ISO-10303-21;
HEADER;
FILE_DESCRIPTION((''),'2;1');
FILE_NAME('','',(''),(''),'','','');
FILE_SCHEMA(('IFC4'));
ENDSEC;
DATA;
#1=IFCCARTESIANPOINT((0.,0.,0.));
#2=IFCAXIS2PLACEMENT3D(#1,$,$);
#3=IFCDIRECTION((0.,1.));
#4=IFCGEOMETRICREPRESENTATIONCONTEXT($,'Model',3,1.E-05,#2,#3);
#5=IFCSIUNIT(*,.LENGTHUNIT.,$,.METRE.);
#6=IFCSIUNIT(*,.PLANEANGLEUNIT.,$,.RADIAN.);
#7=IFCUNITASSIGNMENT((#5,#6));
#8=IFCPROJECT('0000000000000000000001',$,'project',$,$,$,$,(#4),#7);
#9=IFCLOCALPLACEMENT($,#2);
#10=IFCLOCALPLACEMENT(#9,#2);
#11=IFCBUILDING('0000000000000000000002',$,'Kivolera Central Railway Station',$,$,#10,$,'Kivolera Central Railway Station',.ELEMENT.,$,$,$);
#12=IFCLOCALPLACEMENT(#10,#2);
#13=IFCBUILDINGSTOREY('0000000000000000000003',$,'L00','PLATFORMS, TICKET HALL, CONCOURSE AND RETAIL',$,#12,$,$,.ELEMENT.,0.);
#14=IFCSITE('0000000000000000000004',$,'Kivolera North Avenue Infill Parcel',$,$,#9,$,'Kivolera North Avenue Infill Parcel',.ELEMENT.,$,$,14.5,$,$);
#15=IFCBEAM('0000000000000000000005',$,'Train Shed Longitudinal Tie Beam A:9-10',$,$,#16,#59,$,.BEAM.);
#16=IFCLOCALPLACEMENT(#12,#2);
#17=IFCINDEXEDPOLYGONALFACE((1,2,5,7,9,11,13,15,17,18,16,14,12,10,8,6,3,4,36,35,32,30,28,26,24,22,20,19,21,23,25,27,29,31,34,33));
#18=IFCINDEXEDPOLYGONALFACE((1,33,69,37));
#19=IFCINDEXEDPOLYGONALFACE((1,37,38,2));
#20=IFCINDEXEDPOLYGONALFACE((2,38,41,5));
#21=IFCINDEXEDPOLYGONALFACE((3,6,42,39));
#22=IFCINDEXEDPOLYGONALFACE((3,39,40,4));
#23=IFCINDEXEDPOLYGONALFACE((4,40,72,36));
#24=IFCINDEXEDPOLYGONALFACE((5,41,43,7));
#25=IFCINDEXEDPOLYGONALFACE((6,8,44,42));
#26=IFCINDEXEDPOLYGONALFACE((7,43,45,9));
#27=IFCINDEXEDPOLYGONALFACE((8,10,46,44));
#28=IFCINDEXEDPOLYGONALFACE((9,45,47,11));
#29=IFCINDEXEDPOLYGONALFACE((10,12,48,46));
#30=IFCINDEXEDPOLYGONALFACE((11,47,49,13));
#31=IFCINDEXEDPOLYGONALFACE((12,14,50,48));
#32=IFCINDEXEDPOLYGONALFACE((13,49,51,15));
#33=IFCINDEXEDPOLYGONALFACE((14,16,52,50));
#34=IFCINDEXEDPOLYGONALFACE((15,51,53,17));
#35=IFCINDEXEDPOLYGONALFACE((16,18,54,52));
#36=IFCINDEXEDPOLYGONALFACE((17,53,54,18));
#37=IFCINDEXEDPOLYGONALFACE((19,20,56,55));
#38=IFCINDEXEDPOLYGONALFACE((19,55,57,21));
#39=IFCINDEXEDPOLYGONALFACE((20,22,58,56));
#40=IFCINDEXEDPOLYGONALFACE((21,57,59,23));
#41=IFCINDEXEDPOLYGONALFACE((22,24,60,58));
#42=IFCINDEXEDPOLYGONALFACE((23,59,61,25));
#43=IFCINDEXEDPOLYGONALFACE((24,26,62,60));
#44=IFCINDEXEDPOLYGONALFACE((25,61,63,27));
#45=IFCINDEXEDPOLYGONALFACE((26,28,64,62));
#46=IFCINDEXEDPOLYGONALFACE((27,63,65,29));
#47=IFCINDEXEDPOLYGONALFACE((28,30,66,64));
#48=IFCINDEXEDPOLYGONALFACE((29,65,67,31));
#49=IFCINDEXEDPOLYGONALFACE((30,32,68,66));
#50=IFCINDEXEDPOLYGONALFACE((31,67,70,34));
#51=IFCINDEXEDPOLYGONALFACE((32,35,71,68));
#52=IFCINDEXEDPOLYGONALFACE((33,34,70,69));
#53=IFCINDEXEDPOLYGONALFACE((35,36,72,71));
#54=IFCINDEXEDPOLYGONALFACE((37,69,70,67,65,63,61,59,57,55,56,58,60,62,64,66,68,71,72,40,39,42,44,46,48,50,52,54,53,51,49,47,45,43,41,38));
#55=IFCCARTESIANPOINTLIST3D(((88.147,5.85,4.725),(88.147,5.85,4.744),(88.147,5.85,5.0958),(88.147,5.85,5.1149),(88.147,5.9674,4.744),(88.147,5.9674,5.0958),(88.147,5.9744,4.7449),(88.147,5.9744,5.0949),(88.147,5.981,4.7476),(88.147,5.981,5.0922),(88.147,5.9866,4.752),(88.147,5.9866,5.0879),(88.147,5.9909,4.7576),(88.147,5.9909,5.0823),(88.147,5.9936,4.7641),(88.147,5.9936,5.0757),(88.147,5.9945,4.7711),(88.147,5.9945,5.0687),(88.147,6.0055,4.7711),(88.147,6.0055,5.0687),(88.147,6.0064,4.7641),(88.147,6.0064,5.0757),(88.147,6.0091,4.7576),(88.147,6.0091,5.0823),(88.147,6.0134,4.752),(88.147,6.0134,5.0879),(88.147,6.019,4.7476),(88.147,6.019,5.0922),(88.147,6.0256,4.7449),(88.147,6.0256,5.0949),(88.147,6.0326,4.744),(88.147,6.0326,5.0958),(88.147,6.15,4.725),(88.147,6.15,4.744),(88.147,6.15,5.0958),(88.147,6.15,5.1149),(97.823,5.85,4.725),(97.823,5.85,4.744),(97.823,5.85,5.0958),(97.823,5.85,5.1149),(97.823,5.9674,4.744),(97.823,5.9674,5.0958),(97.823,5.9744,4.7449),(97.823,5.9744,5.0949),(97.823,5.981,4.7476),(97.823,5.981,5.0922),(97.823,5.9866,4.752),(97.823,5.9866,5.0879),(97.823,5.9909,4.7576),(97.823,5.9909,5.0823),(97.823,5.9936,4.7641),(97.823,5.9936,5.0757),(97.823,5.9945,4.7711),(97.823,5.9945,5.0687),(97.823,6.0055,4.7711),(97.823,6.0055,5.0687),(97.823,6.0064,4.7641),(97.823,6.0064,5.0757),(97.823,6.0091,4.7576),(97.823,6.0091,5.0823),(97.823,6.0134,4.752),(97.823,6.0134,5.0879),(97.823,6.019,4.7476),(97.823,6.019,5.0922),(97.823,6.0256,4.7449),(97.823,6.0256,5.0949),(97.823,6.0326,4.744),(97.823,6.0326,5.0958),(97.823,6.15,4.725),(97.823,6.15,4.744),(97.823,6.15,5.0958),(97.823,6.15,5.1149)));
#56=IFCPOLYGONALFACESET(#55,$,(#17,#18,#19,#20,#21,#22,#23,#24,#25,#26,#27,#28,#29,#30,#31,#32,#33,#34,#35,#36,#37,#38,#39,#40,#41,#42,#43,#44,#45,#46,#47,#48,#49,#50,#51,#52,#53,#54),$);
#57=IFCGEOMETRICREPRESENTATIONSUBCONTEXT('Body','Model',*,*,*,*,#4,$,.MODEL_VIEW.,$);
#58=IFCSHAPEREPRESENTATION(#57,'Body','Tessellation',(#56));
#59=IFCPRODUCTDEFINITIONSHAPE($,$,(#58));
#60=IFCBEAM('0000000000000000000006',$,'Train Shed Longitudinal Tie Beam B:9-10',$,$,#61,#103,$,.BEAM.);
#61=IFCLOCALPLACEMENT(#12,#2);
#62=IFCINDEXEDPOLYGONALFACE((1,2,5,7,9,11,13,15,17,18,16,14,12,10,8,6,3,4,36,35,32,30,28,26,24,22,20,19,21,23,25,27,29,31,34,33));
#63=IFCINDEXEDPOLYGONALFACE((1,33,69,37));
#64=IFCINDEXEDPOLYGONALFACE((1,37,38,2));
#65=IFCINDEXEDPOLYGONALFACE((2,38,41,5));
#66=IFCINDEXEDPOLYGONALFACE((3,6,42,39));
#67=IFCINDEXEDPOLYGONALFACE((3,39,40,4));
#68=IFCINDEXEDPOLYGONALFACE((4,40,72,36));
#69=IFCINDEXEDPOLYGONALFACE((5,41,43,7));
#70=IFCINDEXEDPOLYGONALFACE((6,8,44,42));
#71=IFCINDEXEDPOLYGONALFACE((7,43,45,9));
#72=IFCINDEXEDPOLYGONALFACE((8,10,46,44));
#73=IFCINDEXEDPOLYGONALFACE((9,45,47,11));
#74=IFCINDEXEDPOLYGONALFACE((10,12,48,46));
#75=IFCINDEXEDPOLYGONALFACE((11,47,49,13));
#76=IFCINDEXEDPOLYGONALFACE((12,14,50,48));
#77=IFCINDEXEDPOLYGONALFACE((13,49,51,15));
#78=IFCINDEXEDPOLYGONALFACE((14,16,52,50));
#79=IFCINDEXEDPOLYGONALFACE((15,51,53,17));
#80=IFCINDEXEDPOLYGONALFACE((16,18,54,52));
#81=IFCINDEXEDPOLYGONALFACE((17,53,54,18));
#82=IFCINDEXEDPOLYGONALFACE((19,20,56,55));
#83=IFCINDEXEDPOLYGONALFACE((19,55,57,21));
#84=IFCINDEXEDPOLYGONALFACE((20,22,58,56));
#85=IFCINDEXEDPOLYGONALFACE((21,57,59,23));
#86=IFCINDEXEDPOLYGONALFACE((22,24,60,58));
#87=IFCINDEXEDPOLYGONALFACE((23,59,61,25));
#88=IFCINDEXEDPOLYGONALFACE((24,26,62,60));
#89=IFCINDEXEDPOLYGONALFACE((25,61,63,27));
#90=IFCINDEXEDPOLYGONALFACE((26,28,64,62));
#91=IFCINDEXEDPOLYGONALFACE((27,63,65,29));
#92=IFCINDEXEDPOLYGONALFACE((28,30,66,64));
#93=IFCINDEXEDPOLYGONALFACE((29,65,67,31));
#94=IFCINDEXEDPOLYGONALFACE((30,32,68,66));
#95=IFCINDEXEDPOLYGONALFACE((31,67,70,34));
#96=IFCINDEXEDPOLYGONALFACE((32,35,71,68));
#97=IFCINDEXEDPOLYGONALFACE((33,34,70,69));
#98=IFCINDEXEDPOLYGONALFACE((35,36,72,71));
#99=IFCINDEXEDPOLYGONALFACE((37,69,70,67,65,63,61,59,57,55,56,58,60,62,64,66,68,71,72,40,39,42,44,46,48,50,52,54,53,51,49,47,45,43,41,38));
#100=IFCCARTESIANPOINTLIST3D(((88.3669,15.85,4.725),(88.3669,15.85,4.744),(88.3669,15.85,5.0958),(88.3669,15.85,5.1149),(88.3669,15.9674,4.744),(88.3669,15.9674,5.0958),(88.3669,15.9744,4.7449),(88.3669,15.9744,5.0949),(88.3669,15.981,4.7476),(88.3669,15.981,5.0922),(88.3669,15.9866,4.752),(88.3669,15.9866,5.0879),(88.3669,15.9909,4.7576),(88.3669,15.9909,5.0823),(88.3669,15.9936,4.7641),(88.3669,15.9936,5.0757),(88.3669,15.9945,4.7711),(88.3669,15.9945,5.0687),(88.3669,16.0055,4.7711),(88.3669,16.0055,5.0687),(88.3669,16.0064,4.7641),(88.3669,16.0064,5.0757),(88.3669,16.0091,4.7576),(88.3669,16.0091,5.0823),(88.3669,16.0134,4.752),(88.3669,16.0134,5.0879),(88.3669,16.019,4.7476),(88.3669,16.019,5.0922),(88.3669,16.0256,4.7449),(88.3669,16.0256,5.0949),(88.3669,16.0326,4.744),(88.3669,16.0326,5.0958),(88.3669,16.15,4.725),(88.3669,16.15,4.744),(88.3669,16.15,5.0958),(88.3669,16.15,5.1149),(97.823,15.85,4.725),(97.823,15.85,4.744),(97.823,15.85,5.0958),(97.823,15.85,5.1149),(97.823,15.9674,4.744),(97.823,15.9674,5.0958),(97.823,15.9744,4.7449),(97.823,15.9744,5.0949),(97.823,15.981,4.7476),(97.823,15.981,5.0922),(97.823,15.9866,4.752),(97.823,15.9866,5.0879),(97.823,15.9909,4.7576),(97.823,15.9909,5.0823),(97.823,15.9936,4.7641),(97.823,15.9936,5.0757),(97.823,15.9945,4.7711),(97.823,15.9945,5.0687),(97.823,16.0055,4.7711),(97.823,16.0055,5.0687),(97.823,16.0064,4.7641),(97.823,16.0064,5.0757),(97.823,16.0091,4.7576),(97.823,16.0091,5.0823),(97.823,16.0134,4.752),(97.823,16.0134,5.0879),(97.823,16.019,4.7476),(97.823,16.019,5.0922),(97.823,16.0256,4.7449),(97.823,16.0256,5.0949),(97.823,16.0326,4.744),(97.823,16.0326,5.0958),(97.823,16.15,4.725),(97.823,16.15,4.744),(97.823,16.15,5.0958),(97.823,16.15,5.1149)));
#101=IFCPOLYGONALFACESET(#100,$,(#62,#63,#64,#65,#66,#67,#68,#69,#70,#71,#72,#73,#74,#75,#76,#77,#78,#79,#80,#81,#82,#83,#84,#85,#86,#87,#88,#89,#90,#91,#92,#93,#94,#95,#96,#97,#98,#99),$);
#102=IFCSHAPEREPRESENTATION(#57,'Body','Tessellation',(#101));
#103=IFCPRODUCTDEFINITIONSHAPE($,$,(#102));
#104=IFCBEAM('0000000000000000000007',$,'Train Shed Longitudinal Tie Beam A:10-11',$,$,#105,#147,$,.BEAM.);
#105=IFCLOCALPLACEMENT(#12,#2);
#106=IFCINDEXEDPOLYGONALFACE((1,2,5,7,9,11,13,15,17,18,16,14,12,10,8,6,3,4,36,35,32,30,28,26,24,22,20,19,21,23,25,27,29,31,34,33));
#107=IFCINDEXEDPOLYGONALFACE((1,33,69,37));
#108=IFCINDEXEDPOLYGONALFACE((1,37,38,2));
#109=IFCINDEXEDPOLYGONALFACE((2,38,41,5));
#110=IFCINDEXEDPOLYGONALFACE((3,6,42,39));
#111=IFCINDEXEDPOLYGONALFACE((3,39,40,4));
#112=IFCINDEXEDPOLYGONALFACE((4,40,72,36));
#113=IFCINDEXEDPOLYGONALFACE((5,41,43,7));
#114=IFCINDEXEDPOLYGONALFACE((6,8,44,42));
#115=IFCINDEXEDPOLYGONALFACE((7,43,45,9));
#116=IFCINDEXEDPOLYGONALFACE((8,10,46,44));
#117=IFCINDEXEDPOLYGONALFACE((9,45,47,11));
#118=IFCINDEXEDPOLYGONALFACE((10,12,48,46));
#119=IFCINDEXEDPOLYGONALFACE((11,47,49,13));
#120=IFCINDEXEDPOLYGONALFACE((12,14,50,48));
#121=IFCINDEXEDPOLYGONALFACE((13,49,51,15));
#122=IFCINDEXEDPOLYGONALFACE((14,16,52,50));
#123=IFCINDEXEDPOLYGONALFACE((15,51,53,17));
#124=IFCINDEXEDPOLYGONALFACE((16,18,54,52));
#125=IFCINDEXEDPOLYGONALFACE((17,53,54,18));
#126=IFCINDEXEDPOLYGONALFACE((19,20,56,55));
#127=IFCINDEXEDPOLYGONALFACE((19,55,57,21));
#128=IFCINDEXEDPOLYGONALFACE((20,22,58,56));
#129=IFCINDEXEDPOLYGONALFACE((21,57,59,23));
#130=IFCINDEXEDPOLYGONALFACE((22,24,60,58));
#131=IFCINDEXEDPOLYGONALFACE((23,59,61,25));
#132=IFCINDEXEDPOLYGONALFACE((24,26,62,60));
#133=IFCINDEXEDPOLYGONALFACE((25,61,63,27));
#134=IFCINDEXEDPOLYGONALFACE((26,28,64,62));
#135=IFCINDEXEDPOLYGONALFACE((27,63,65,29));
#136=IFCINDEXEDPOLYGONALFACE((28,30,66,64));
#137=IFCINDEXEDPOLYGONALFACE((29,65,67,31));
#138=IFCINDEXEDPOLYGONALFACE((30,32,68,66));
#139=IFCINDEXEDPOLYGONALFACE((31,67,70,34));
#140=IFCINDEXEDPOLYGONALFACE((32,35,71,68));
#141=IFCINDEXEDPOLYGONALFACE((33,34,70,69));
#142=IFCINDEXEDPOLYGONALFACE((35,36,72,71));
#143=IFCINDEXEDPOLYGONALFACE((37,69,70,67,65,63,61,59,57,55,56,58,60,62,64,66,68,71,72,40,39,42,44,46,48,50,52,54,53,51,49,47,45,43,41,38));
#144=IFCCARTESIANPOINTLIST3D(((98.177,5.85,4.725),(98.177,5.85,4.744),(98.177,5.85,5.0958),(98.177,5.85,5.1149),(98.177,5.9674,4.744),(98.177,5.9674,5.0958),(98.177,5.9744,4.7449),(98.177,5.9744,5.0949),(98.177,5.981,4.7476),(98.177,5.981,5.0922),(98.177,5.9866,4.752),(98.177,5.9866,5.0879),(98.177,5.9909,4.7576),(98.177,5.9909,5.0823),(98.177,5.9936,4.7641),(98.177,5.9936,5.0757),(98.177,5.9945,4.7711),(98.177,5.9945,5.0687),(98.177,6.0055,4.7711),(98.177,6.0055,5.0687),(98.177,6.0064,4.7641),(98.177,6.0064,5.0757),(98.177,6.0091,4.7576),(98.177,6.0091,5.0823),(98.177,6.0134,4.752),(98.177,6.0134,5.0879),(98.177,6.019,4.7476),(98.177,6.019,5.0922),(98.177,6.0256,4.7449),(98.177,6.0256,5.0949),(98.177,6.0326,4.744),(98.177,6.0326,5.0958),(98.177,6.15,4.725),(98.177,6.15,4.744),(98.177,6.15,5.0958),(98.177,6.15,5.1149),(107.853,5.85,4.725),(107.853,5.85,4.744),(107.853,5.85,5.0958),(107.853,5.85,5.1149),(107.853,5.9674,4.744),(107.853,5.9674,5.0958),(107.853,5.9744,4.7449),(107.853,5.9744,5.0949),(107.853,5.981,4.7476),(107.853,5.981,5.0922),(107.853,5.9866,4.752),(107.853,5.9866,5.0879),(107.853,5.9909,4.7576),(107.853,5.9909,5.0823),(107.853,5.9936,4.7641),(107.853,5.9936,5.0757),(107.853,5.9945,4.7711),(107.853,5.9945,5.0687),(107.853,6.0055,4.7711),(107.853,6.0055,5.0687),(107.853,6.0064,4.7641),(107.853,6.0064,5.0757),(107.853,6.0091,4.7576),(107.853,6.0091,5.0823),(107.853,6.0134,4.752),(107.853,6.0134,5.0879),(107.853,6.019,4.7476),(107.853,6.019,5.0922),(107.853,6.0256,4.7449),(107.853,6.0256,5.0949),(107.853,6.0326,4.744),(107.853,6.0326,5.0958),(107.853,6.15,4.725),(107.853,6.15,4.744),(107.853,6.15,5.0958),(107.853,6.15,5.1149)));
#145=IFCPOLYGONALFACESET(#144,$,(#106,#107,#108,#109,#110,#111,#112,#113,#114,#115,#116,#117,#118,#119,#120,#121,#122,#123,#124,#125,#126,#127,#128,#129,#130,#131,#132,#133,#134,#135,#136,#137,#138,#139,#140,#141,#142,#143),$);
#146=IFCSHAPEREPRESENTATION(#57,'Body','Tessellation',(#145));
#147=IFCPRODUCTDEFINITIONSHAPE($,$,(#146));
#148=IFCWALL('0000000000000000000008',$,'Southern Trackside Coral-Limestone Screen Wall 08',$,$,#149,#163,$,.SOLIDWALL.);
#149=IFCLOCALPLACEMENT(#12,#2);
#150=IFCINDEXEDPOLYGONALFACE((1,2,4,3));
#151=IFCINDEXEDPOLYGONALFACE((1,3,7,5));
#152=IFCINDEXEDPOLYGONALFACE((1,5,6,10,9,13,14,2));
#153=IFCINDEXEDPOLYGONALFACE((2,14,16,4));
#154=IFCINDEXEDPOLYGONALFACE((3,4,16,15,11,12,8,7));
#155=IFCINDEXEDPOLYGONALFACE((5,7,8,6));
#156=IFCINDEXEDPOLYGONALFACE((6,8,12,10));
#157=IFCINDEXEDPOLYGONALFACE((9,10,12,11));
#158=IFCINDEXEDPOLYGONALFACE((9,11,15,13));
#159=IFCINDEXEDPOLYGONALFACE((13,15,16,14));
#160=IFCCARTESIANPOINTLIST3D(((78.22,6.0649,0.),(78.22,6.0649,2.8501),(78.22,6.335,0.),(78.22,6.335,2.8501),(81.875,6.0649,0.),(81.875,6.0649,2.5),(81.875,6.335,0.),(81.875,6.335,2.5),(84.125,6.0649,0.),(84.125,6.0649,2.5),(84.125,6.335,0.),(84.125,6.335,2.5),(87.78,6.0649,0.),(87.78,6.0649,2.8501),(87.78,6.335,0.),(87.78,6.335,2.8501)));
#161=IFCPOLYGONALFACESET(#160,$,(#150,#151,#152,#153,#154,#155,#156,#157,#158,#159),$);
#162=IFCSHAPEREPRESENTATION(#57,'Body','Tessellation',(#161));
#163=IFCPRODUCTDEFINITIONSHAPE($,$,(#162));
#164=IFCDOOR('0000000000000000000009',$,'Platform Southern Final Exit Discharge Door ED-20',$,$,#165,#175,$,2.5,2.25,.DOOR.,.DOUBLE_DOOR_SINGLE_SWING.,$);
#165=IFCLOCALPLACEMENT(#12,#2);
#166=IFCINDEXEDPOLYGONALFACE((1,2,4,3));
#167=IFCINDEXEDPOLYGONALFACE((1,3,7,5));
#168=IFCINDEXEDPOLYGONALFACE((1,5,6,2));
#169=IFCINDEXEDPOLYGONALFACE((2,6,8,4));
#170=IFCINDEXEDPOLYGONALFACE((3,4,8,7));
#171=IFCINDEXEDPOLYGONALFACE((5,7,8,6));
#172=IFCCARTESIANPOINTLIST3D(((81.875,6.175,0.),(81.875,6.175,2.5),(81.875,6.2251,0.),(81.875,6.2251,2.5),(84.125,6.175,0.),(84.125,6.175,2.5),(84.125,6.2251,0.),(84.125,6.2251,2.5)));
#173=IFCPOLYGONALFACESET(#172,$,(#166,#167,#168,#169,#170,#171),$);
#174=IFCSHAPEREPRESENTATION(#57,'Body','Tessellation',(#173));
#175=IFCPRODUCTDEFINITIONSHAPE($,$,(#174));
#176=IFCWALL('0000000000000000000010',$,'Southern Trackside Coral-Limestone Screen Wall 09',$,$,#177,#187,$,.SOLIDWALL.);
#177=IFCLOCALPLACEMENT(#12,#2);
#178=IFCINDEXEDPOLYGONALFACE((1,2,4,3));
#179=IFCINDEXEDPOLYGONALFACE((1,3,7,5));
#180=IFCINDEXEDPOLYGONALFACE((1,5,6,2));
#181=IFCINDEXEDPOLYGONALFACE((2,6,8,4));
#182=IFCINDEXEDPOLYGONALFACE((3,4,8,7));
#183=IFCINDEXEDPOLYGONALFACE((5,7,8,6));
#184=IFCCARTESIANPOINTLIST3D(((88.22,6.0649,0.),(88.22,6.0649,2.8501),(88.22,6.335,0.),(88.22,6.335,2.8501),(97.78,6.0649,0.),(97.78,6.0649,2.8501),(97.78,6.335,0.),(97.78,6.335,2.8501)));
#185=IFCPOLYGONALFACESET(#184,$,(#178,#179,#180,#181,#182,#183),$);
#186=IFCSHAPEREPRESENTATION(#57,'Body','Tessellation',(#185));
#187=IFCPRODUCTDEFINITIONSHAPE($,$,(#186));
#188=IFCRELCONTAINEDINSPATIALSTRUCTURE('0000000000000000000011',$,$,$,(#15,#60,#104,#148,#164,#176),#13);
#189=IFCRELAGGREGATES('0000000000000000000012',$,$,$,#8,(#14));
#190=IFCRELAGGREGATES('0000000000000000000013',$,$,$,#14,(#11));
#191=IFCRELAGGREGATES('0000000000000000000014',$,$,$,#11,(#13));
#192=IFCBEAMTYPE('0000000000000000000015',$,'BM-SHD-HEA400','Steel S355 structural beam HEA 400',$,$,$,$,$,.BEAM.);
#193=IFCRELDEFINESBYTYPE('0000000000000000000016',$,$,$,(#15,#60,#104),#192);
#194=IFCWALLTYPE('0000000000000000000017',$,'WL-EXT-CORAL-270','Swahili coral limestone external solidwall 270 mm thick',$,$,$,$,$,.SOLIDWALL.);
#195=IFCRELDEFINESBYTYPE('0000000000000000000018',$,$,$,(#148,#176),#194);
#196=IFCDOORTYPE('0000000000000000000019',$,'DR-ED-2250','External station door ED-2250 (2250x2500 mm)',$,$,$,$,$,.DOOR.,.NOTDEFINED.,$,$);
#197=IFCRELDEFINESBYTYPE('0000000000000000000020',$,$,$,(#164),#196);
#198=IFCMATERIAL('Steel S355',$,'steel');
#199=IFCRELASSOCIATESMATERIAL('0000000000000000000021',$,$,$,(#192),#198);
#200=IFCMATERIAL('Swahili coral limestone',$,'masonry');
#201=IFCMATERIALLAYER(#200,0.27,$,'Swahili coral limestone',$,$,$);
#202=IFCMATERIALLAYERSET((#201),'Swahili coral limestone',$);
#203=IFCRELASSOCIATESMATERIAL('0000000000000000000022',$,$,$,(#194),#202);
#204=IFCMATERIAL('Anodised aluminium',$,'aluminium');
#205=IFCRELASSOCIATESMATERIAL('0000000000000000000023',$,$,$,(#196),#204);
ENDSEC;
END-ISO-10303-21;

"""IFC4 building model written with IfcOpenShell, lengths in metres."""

from ifc_helpers import new_model, si_unit, direction, frame, frame_2d, origin, origin_2d, place, context, subcontext, project, spatial, rectangle, i_section, extrude, material, layer, layer_set, material_profile, profile_set, type_object, element, fill, save


model = new_model("IFC4")

# Units and contexts
model_context = context("Model", 3, precision=1e-05, world=origin(), true_north=direction((0.0, 1.0)))
body_context = subcontext(model_context, "Body", "Model", "MODEL_VIEW")
ifc_project = project(units=[si_unit("LENGTHUNIT", "METRE"), si_unit("PLANEANGLEUNIT", "RADIAN")], contexts=[model_context])

# Site, building, storey
site_placement = place(None, origin())
site = spatial("IfcSite", under=ifc_project, at=site_placement, Name="Kivolera North Avenue Infill Parcel", LongName="Kivolera North Avenue Infill Parcel", CompositionType="ELEMENT", RefElevation=14.5)
building_placement = place(site_placement, origin())
building = spatial("IfcBuilding", under=site, at=building_placement, Name="Kivolera Central Railway Station", LongName="Kivolera Central Railway Station", CompositionType="ELEMENT")
storey_placement = place(building_placement, origin())
storey = spatial("IfcBuildingStorey", under=building, at=storey_placement, Name="L00", Description="PLATFORMS, TICKET HALL, CONCOURSE AND RETAIL", CompositionType="ELEMENT", Elevation=0.0)

# Shared definitions
ifc_material_1 = material(Name="Steel S355", Category="steel")

# Beams
ifc_material_profile_1 = material_profile(ifc_material_1, i_section(OverallWidth=0.3, OverallDepth=0.3899, WebThickness=0.011, FlangeThickness=0.019, FilletRadius=0.0271, at=origin_2d()), Name="HEA 400")
ifc_profile_set_1 = profile_set([ifc_material_profile_1], Name="Steel S355")
beam_type = type_object("IfcBeamType", Name="BM-SHD-HEA400", Description="Steel S355 structural beam HEA 400", PredefinedType="BEAM", material=ifc_profile_set_1)
beam_1_placement = place(storey_placement, frame((88.147, 6.0, 4.9199), z_axis=(1.0, 0.0, 0.0), x_axis=(0.0, 1.0, 0.0)))
element("IfcBeam", 1, at=beam_1_placement, inside=storey, type_object=beam_type, Name="Train Shed Longitudinal Tie Beam A:9-10", PredefinedType="BEAM", context=body_context, shape_type="SweptSolid", body=[
    extrude(i_section(OverallWidth=0.3, OverallDepth=0.3899, WebThickness=0.011, FlangeThickness=0.019, FilletRadius=0.0271, at=origin_2d()), origin(), (0.0, 0.0, 1.0), 9.676),
])
beam_2_placement = place(storey_placement, frame((88.3669, 16.0, 4.9199), z_axis=(1.0, 0.0, 0.0), x_axis=(0.0, 1.0, 0.0)))
element("IfcBeam", 2, at=beam_2_placement, inside=storey, type_object=beam_type, Name="Train Shed Longitudinal Tie Beam B:9-10", PredefinedType="BEAM", context=body_context, shape_type="SweptSolid", body=[
    extrude(i_section(OverallWidth=0.3, OverallDepth=0.3899, WebThickness=0.011, FlangeThickness=0.019, FilletRadius=0.0271, at=origin_2d()), origin(), (0.0, 0.0, 1.0), 9.4561),
])
beam_3_placement = place(storey_placement, frame((98.177, 6.0, 4.9199), z_axis=(1.0, 0.0, 0.0), x_axis=(0.0, 1.0, 0.0)))
element("IfcBeam", 3, at=beam_3_placement, inside=storey, type_object=beam_type, Name="Train Shed Longitudinal Tie Beam A:10-11", PredefinedType="BEAM", context=body_context, shape_type="SweptSolid", body=[
    extrude(i_section(OverallWidth=0.3, OverallDepth=0.3899, WebThickness=0.011, FlangeThickness=0.019, FilletRadius=0.0271, at=origin_2d()), origin(), (0.0, 0.0, 1.0), 9.676),
])

# Wall, opening, door
ifc_material_2 = material(Name="Swahili coral limestone", Category="masonry")
ifc_layer_1 = layer(ifc_material_2, 0.27, Name="Swahili coral limestone")
ifc_layer_set_1 = layer_set([ifc_layer_1], Name="Swahili coral limestone")
wall_type = type_object("IfcWallType", Name="WL-EXT-CORAL-270", Description="Swahili coral limestone external solidwall 270 mm thick", PredefinedType="SOLIDWALL", material=ifc_layer_set_1)
wall_1_placement = place(storey_placement, frame((87.78, 6.2, 0.0), z_axis=(0.0, 0.0, 1.0), x_axis=(-1.0, 0.0, 0.0)))
wall_1 = element("IfcWall", 4, at=wall_1_placement, inside=storey, type_object=wall_type, Name="Southern Trackside Coral-Limestone Screen Wall 08", PredefinedType="SOLIDWALL", context=body_context, shape_type="SweptSolid", body=[
    extrude(rectangle(XDim=9.5601, YDim=0.27, at=frame_2d((4.78, 0.0))), origin(), (0.0, 0.0, 1.0), 2.8501),
])
opening_placement = place(wall_1_placement, frame((3.655, 0.0, 0.0)))
opening = element("IfcOpeningElement", 5, at=opening_placement, cuts=wall_1, PredefinedType="OPENING", context=body_context, shape_type="SweptSolid", body=[
    extrude(rectangle(XDim=2.25, YDim=2.5, at=frame_2d((1.125, 1.25))), frame((0.0, 0.145, 0.0), z_axis=(0.0, -1.0, 0.0), x_axis=(1.0, 0.0, 0.0)), (0.0, 0.0, 1.0), 0.29),
])
ifc_material_3 = material(Name="Anodised aluminium", Category="aluminium")
door_type = type_object("IfcDoorType", Name="DR-ED-2250", Description="External station door ED-2250 (2250x2500 mm)", OperationType="NOTDEFINED", PredefinedType="DOOR", material=ifc_material_3)
door_placement = place(opening_placement, origin())
door = element("IfcDoor", 6, at=door_placement, inside=storey, type_object=door_type, Name="Platform Southern Final Exit Discharge Door ED-20", OperationType="DOUBLE_DOOR_SINGLE_SWING", OverallHeight=2.5, OverallWidth=2.25, PredefinedType="DOOR", context=body_context, shape_type="SweptSolid", body=[
    extrude(rectangle(XDim=2.25, YDim=2.5, at=frame_2d((1.125, 1.25))), frame((0.0, 0.0249, 0.0), z_axis=(0.0, -1.0, 0.0), x_axis=(1.0, 0.0, 0.0)), (0.0, 0.0, 1.0), 0.05),
])
fill(opening, door)

# Wall
wall_2_placement = place(storey_placement, frame((97.78, 6.2, 0.0), z_axis=(0.0, 0.0, 1.0), x_axis=(-1.0, 0.0, 0.0)))
element("IfcWall", 7, at=wall_2_placement, inside=storey, type_object=wall_type, Name="Southern Trackside Coral-Limestone Screen Wall 09", PredefinedType="SOLIDWALL", context=body_context, shape_type="SweptSolid", body=[
    extrude(rectangle(XDim=9.5601, YDim=0.27, at=frame_2d((4.78, 0.0))), origin(), (0.0, 0.0, 1.0), 2.8501),
])

save(model, "model.ifc")
